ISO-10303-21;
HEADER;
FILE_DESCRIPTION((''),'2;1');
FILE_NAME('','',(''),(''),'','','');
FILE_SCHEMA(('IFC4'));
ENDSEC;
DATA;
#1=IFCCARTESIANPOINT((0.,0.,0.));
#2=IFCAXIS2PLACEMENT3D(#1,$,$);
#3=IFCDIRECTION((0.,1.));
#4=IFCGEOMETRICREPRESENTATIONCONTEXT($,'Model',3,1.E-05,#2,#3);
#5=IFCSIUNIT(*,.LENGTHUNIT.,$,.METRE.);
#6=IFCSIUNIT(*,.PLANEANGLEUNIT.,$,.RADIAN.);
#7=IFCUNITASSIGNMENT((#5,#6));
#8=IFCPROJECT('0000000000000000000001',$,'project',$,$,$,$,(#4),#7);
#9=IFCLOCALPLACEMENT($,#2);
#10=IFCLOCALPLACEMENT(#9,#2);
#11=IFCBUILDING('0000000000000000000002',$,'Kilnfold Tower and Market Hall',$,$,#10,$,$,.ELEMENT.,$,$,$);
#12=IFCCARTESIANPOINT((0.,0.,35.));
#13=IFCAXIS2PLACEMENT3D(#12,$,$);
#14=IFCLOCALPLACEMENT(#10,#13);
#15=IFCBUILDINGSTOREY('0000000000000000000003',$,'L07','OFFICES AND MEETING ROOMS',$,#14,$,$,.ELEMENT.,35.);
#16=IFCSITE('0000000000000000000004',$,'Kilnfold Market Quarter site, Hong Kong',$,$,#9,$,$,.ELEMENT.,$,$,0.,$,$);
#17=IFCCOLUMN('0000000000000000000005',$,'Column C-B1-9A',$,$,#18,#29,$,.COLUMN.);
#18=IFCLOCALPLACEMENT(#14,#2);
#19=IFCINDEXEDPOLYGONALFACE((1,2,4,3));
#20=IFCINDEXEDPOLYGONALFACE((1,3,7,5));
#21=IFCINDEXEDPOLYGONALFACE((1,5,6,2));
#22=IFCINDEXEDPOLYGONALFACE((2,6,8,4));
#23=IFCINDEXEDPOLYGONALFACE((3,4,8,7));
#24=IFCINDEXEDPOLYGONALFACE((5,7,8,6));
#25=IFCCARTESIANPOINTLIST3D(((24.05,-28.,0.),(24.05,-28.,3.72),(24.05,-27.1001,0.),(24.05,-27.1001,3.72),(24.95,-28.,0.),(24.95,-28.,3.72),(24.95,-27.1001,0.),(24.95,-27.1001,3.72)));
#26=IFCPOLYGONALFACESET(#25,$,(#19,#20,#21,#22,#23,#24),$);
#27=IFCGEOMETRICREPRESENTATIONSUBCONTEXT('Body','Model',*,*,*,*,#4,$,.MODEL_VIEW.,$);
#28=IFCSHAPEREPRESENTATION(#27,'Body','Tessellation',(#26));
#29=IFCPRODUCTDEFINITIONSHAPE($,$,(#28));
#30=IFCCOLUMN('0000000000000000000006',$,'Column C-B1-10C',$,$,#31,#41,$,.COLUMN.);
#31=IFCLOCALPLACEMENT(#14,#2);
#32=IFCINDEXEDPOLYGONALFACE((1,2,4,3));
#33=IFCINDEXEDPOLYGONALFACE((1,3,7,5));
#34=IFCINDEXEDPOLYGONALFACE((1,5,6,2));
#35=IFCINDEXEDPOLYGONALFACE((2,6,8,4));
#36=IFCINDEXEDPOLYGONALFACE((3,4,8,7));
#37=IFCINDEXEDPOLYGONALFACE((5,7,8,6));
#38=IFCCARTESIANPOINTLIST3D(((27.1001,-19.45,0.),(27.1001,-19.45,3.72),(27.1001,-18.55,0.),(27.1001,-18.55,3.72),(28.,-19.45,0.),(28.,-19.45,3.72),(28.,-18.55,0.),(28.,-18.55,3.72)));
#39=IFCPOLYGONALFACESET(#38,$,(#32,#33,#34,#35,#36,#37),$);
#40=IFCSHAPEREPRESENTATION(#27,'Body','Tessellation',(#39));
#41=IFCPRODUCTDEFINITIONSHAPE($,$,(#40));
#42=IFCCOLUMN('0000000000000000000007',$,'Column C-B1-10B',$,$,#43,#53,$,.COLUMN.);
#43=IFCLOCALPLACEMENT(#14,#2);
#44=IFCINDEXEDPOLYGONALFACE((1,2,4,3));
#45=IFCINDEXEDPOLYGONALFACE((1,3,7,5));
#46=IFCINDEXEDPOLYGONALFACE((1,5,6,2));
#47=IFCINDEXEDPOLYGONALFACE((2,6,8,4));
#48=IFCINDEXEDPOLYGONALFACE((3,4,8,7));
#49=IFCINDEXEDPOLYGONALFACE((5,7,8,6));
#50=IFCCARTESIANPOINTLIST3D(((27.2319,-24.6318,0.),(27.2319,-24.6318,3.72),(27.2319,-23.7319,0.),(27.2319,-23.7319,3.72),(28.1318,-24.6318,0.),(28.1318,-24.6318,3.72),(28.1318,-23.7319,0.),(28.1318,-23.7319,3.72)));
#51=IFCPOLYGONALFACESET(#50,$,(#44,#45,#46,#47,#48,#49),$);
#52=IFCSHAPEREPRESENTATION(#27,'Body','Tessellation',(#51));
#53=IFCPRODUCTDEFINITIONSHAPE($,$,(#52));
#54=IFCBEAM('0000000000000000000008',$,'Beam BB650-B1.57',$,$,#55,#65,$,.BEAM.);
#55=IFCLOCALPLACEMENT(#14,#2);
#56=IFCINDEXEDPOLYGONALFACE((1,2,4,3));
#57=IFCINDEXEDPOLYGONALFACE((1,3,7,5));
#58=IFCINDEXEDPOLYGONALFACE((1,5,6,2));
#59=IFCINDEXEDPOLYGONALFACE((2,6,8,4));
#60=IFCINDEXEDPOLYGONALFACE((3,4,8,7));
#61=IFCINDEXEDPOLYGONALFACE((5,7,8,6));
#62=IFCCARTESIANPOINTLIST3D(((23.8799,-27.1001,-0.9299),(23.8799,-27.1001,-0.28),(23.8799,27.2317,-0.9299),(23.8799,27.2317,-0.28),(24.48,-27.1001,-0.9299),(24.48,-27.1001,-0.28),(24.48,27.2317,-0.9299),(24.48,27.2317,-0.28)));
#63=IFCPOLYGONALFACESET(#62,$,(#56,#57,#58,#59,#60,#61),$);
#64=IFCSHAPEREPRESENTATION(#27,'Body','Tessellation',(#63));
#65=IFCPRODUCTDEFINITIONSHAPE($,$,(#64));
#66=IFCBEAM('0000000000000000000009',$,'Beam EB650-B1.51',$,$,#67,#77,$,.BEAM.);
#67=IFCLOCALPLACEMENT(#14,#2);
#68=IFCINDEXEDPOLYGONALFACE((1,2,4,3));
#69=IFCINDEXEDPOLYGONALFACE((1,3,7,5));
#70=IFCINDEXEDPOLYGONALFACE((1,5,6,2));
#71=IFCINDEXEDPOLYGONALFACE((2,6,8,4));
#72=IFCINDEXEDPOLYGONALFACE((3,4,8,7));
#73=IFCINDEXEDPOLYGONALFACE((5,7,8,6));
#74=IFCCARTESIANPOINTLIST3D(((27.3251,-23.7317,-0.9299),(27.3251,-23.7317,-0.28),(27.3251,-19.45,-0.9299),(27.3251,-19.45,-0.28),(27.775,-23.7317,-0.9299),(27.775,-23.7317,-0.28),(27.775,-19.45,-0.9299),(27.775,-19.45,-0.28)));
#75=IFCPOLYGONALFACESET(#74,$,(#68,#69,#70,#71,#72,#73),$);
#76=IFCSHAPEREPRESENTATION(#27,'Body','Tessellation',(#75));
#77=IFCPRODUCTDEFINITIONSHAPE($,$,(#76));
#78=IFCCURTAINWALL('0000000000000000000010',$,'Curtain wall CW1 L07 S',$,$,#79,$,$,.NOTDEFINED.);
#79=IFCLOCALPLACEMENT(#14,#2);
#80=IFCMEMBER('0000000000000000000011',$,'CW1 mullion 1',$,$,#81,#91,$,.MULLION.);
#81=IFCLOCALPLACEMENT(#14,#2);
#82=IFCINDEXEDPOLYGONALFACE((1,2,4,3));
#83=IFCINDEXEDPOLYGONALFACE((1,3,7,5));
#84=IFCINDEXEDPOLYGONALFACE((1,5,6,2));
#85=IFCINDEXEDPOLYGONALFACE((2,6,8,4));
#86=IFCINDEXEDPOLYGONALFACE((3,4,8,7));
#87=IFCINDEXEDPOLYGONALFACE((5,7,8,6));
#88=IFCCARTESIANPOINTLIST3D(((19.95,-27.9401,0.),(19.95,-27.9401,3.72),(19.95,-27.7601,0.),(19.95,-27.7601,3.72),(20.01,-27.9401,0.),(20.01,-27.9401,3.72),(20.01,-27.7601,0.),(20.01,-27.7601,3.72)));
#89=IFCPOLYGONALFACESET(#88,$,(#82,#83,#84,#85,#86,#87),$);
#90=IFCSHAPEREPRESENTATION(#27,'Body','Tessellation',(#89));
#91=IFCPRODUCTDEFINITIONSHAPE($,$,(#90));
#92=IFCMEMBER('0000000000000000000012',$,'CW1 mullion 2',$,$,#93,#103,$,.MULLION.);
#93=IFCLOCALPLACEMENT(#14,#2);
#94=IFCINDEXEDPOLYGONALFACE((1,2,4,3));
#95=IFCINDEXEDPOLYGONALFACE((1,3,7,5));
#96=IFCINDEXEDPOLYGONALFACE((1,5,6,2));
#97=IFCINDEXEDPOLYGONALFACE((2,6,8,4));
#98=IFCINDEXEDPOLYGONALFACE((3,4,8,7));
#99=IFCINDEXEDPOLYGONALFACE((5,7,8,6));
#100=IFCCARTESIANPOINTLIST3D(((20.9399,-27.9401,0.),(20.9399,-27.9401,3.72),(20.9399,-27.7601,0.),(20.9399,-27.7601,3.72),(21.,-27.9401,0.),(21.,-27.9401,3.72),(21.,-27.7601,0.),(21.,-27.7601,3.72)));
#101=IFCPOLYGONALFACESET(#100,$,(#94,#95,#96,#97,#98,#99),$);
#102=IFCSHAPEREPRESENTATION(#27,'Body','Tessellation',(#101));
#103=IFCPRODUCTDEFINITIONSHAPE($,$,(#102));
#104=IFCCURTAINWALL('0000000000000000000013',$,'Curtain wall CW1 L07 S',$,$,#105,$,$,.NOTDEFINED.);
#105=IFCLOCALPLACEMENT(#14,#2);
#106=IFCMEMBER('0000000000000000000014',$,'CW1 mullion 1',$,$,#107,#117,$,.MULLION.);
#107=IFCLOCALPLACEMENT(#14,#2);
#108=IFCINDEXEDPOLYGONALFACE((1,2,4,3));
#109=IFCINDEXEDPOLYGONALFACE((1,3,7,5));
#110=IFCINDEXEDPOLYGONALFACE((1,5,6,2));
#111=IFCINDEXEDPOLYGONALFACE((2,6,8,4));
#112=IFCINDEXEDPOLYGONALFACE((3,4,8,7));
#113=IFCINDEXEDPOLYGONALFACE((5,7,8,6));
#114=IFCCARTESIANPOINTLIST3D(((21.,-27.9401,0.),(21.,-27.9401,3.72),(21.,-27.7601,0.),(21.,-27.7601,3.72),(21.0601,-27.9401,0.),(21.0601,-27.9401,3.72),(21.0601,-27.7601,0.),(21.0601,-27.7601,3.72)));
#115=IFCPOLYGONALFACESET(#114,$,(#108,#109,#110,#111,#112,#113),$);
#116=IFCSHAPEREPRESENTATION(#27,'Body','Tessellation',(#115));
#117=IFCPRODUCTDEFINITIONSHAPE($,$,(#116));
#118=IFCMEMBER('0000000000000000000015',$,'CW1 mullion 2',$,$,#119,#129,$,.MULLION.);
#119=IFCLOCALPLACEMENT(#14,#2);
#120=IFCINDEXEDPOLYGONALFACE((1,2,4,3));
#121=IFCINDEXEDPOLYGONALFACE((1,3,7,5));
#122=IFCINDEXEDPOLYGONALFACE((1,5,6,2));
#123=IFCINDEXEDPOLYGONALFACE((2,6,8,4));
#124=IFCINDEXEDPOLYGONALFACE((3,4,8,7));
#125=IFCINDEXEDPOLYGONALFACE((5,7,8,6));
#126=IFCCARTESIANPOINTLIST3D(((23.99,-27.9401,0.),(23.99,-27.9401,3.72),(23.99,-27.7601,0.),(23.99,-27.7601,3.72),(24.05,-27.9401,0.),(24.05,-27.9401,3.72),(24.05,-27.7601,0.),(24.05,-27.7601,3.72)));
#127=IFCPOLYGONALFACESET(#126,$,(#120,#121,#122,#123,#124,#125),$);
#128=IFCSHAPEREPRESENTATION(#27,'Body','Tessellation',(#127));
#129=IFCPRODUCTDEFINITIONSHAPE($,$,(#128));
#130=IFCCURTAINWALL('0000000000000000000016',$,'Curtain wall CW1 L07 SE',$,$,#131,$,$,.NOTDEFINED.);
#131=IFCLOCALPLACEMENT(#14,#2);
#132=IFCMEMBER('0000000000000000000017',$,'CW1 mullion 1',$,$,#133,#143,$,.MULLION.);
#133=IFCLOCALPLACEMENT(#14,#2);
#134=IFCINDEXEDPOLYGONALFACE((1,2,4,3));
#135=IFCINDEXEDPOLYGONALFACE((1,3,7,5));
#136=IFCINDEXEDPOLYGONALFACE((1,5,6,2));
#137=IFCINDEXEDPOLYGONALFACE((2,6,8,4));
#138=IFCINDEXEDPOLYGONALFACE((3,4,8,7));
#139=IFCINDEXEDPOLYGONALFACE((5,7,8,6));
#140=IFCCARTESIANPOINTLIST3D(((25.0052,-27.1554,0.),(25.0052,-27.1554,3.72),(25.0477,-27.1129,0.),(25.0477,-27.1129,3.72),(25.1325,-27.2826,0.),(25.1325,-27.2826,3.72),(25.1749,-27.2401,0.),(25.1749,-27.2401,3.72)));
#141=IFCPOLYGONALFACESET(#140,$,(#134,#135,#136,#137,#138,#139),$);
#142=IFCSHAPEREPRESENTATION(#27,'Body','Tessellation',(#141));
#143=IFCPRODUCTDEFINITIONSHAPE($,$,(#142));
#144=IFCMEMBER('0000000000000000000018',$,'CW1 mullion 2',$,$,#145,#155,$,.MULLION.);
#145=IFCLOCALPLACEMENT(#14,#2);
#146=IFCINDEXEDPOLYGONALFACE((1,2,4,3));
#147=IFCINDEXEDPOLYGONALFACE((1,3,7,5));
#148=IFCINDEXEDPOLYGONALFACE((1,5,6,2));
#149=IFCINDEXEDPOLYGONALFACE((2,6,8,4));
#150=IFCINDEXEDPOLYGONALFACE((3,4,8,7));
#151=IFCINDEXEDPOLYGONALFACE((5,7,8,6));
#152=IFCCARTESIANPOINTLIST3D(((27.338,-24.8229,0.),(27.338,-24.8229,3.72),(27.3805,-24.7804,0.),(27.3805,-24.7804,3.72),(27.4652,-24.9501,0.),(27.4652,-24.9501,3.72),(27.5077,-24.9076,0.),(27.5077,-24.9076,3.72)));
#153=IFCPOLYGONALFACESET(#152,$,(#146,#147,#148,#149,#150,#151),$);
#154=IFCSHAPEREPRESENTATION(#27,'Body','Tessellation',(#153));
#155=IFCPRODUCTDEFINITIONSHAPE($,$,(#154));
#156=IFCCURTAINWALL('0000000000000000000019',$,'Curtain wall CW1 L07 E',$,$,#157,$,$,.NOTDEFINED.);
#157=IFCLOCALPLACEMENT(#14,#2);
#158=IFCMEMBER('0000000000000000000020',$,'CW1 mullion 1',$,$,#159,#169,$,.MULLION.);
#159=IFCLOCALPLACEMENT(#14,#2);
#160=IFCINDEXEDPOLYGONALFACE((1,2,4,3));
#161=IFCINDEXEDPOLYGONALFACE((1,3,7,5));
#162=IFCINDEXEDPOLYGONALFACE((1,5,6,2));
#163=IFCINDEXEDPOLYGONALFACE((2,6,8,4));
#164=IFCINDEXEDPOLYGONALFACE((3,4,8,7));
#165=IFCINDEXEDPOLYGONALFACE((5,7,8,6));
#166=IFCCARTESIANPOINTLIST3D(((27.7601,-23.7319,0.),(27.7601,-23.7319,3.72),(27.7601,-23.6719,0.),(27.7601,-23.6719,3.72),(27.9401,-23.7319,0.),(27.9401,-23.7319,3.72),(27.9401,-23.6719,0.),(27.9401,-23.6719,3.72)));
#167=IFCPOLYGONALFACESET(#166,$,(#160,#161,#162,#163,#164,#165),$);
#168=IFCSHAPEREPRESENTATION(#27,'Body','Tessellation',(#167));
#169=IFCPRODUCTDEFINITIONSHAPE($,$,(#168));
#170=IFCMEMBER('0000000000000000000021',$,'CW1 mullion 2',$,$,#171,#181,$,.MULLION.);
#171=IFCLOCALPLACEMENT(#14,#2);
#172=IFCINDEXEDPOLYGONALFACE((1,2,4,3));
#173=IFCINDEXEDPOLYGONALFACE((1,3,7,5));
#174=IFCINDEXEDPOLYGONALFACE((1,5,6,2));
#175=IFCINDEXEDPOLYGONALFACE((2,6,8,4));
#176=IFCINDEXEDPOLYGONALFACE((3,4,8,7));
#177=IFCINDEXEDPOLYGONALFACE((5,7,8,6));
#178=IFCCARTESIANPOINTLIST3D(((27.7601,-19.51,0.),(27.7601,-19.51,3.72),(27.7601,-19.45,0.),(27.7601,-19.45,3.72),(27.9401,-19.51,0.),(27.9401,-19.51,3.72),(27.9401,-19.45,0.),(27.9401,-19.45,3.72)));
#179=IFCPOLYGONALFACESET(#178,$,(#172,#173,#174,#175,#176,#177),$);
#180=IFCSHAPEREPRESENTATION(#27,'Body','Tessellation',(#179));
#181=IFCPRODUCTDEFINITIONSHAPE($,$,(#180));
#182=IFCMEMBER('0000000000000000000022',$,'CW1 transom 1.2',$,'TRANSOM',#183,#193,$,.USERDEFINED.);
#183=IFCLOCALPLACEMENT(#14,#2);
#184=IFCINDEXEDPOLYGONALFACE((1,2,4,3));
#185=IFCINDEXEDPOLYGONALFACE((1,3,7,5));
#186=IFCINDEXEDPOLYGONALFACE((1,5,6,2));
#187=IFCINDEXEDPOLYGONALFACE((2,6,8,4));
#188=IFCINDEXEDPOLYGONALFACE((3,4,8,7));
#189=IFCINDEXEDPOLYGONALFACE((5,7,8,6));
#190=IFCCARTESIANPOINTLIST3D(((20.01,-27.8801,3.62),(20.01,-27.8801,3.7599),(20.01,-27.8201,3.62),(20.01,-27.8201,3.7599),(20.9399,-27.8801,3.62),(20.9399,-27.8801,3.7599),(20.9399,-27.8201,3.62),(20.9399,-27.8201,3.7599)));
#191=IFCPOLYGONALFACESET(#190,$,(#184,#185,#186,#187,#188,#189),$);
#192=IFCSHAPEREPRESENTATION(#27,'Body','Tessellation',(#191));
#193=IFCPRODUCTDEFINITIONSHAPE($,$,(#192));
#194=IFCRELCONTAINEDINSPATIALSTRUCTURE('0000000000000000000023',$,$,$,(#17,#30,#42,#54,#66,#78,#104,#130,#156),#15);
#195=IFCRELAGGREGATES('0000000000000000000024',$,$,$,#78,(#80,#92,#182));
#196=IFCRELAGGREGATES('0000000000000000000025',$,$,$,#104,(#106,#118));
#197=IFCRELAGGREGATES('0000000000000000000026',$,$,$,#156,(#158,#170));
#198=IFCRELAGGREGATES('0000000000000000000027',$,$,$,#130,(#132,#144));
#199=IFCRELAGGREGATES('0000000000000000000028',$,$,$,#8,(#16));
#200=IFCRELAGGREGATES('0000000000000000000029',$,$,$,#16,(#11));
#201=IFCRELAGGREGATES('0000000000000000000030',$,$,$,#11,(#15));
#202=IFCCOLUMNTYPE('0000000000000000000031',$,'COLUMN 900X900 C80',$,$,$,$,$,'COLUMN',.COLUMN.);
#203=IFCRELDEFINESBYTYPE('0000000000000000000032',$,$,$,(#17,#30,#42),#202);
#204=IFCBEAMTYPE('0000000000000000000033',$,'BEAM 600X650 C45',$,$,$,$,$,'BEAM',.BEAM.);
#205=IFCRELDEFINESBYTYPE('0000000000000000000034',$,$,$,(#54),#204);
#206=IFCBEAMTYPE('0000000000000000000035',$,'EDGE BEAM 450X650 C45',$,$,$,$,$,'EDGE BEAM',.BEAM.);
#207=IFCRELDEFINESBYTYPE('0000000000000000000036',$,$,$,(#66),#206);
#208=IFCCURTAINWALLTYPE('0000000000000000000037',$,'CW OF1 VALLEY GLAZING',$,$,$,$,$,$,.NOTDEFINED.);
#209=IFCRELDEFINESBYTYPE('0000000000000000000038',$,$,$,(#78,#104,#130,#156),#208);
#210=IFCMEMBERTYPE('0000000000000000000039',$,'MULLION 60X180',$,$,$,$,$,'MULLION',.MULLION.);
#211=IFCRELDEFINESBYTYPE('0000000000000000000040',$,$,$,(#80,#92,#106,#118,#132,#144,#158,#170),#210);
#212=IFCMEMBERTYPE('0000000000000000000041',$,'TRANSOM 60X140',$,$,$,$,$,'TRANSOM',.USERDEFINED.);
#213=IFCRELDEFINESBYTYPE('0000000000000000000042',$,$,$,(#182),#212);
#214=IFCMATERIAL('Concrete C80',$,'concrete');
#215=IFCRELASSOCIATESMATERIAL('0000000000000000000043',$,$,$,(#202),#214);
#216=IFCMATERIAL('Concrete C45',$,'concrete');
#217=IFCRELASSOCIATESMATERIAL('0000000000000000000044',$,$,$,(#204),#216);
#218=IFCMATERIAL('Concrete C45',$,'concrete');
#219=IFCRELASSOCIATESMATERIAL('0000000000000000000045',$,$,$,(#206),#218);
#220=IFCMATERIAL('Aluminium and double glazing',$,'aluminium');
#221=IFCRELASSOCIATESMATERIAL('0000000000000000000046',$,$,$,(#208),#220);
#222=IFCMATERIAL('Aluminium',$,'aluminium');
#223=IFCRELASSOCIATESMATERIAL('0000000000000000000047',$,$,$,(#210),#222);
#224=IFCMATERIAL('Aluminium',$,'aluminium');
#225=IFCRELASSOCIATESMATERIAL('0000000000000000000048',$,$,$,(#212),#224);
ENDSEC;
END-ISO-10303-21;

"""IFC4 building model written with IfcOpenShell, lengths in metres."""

from ifc_helpers import new_model, si_unit, direction, frame, origin, origin_2d, place, context, subcontext, project, spatial, rectangle, extrude, source, transform, mapped, material, material_profile, profile_set, type_object, element, aggregate, save


model = new_model("IFC4")

# Units and contexts
model_context = context("Model", 3, precision=1e-05, world=origin(), true_north=direction((0.0, 1.0)))
body_context = subcontext(model_context, "Body", "Model", "MODEL_VIEW")
ifc_project = project(units=[si_unit("LENGTHUNIT", "METRE"), si_unit("PLANEANGLEUNIT", "RADIAN")], contexts=[model_context])

# Site, building, storey
site_placement = place(None, origin())
site = spatial("IfcSite", under=ifc_project, at=site_placement, Name="Kilnfold Market Quarter site, Hong Kong", CompositionType="ELEMENT", RefElevation=0.0)
building_placement = place(site_placement, origin())
building = spatial("IfcBuilding", under=site, at=building_placement, Name="Kilnfold Tower and Market Hall", CompositionType="ELEMENT")
storey_placement = place(building_placement, frame((0.0, 0.0, 35.0)))
storey = spatial("IfcBuildingStorey", under=building, at=storey_placement, Name="L07", Description="OFFICES AND MEETING ROOMS", CompositionType="ELEMENT", Elevation=35.0)

# Columns
ifc_material_1 = material(Name="Concrete C80", Category="concrete")
ifc_material_profile_1 = material_profile(ifc_material_1, rectangle(XDim=0.8999, YDim=0.8999, at=origin_2d()), Name="RC 900x900")
ifc_profile_set_1 = profile_set([ifc_material_profile_1], Name="Concrete C80")
column_type = type_object("IfcColumnType", Name="COLUMN 900X900 C80", ElementType="COLUMN", PredefinedType="COLUMN", material=ifc_profile_set_1)
shared_shape_1 = source(origin(), body_context, "Body", "SweptSolid", [
    extrude(rectangle(XDim=0.8999, YDim=0.8999, at=origin_2d()), origin(), (0.0, 0.0, 1.0), 3.72),
])
for number, where, z_axis, x_axis, name in (
    (1, (24.5, -27.55, 0.0), (0.0, 0.0, 1.0), (1.0, 0.0, 0.0), "Column C-B1-9A"),
    (2, (27.55, -19.0, 0.0), (0.0, 0.0, 1.0), (1.0, 0.0, 0.0), "Column C-B1-10C"),
    (3, (27.6819, -24.1819, 0.0), (0.0, 0.0, 1.0), (1.0, 0.0, 0.0), "Column C-B1-10B"),
):
    element("IfcColumn", number, at=place(storey_placement, frame(where, z_axis=z_axis, x_axis=x_axis)), inside=storey, type_object=column_type, Name=name, PredefinedType="COLUMN", context=body_context, shape_type="MappedRepresentation", body=[
        mapped(shared_shape_1, transform((0.0, 0.0, 0.0))),
    ])

# Beams
ifc_material_2 = material(Name="Concrete C45", Category="concrete")
ifc_material_profile_2 = material_profile(ifc_material_2, rectangle(XDim=0.6001, YDim=0.6499, at=origin_2d()), Name="RC 600x650")
ifc_profile_set_2 = profile_set([ifc_material_profile_2], Name="Concrete C45")
beam_type_1 = type_object("IfcBeamType", Name="BEAM 600X650 C45", ElementType="BEAM", PredefinedType="BEAM", material=ifc_profile_set_2)
shared_shape_2 = source(origin(), body_context, "Body", "SweptSolid", [
    extrude(rectangle(XDim=0.6001, YDim=0.6499, at=origin_2d()), origin(), (0.0, 0.0, 1.0), 54.3318),
])
beam_1_placement = place(storey_placement, frame((24.1799, -27.1001, -0.605), z_axis=(0.0, 1.0, 0.0), x_axis=(-1.0, 0.0, 0.0)))
element("IfcBeam", 4, at=beam_1_placement, inside=storey, type_object=beam_type_1, Name="Beam BB650-B1.57", PredefinedType="BEAM", context=body_context, shape_type="MappedRepresentation", body=[
    mapped(shared_shape_2, transform((0.0, 0.0, 0.0))),
])
ifc_material_3 = material(Name="Concrete C45", Category="concrete")
ifc_material_profile_3 = material_profile(ifc_material_3, rectangle(XDim=0.45, YDim=0.6499, at=origin_2d()), Name="RC 450x650")
ifc_profile_set_3 = profile_set([ifc_material_profile_3], Name="Concrete C45")
beam_type_2 = type_object("IfcBeamType", Name="EDGE BEAM 450X650 C45", ElementType="EDGE BEAM", PredefinedType="BEAM", material=ifc_profile_set_3)
shared_shape_3 = source(origin(), body_context, "Body", "SweptSolid", [
    extrude(rectangle(XDim=0.45, YDim=0.6499, at=origin_2d()), origin(), (0.0, 0.0, 1.0), 4.2817),
])
beam_2_placement = place(storey_placement, frame((27.55, -23.7317, -0.605), z_axis=(0.0, 1.0, 0.0), x_axis=(-1.0, 0.0, 0.0)))
element("IfcBeam", 5, at=beam_2_placement, inside=storey, type_object=beam_type_2, Name="Beam EB650-B1.51", PredefinedType="BEAM", context=body_context, shape_type="MappedRepresentation", body=[
    mapped(shared_shape_3, transform((0.0, 0.0, 0.0))),
])

# Curtain walls, members
ifc_material_4 = material(Name="Aluminium and double glazing", Category="aluminium")
curtain_wall_type = type_object("IfcCurtainWallType", Name="CW OF1 VALLEY GLAZING", PredefinedType="NOTDEFINED", material=ifc_material_4)
curtain_wall_1_placement = place(storey_placement, origin())
curtain_wall_1 = element("IfcCurtainWall", 6, at=curtain_wall_1_placement, inside=storey, type_object=curtain_wall_type, Name="Curtain wall CW1 L07 S", PredefinedType="NOTDEFINED")
ifc_material_5 = material(Name="Aluminium", Category="aluminium")
ifc_material_profile_4 = material_profile(ifc_material_5, rectangle(XDim=0.0601, YDim=0.1799, at=origin_2d()), Name="MULLION 60x180")
ifc_profile_set_4 = profile_set([ifc_material_profile_4], Name="Aluminium")
member_type_1 = type_object("IfcMemberType", Name="MULLION 60X180", ElementType="MULLION", PredefinedType="MULLION", material=ifc_profile_set_4)
shared_shape_4 = source(origin(), body_context, "Body", "SweptSolid", [
    extrude(rectangle(XDim=0.0601, YDim=0.1799, at=origin_2d()), origin(), (0.0, 0.0, 1.0), 3.72),
])
member_1_placement = place(storey_placement, frame((19.98, -27.8501, 0.0), z_axis=(0.0, 0.0, 1.0), x_axis=(1.0, 0.0, 0.0)))
member_1 = element("IfcMember", 7, at=member_1_placement, type_object=member_type_1, Name="CW1 mullion 1", PredefinedType="MULLION", context=body_context, shape_type="MappedRepresentation", body=[
    mapped(shared_shape_4, transform((0.0, 0.0, 0.0))),
])
member_2_placement = place(storey_placement, frame((20.97, -27.8501, 0.0), z_axis=(0.0, 0.0, 1.0), x_axis=(1.0, 0.0, 0.0)))
member_2 = element("IfcMember", 8, at=member_2_placement, type_object=member_type_1, Name="CW1 mullion 2", PredefinedType="MULLION", context=body_context, shape_type="MappedRepresentation", body=[
    mapped(shared_shape_4, transform((0.0, 0.0, 0.0))),
])
curtain_wall_2_placement = place(storey_placement, origin())
curtain_wall_2 = element("IfcCurtainWall", 9, at=curtain_wall_2_placement, inside=storey, type_object=curtain_wall_type, Name="Curtain wall CW1 L07 S", PredefinedType="NOTDEFINED")
member_3_placement = place(storey_placement, frame((21.03, -27.8501, 0.0), z_axis=(0.0, 0.0, 1.0), x_axis=(1.0, 0.0, 0.0)))
member_3 = element("IfcMember", 10, at=member_3_placement, type_object=member_type_1, Name="CW1 mullion 1", PredefinedType="MULLION", context=body_context, shape_type="MappedRepresentation", body=[
    mapped(shared_shape_4, transform((0.0, 0.0, 0.0))),
])
member_4_placement = place(storey_placement, frame((24.02, -27.8501, 0.0), z_axis=(0.0, 0.0, 1.0), x_axis=(1.0, 0.0, 0.0)))
member_4 = element("IfcMember", 11, at=member_4_placement, type_object=member_type_1, Name="CW1 mullion 2", PredefinedType="MULLION", context=body_context, shape_type="MappedRepresentation", body=[
    mapped(shared_shape_4, transform((0.0, 0.0, 0.0))),
])
curtain_wall_3_placement = place(storey_placement, origin())
curtain_wall_3 = element("IfcCurtainWall", 12, at=curtain_wall_3_placement, inside=storey, type_object=curtain_wall_type, Name="Curtain wall CW1 L07 SE", PredefinedType="NOTDEFINED")
member_5_placement = place(storey_placement, frame((25.0901, -27.1978, 0.0), z_axis=(0.0, 0.0, 1.0), x_axis=(0.707122, 0.707092, 0.0)))
member_5 = element("IfcMember", 13, at=member_5_placement, type_object=member_type_1, Name="CW1 mullion 1", PredefinedType="MULLION", context=body_context, shape_type="MappedRepresentation", body=[
    mapped(shared_shape_4, transform((0.0, 0.0, 0.0))),
])
member_6_placement = place(storey_placement, frame((27.4229, -24.8652, 0.0), z_axis=(0.0, 0.0, 1.0), x_axis=(0.707122, 0.707092, 0.0)))
member_6 = element("IfcMember", 14, at=member_6_placement, type_object=member_type_1, Name="CW1 mullion 2", PredefinedType="MULLION", context=body_context, shape_type="MappedRepresentation", body=[
    mapped(shared_shape_4, transform((0.0, 0.0, 0.0))),
])
curtain_wall_4_placement = place(storey_placement, origin())
curtain_wall_4 = element("IfcCurtainWall", 15, at=curtain_wall_4_placement, inside=storey, type_object=curtain_wall_type, Name="Curtain wall CW1 L07 E", PredefinedType="NOTDEFINED")
member_7_placement = place(storey_placement, frame((27.8501, -23.7019, 0.0), z_axis=(0.0, 0.0, 1.0), x_axis=(0.0, 1.0, 0.0)))
member_7 = element("IfcMember", 16, at=member_7_placement, type_object=member_type_1, Name="CW1 mullion 1", PredefinedType="MULLION", context=body_context, shape_type="MappedRepresentation", body=[
    mapped(shared_shape_4, transform((0.0, 0.0, 0.0))),
])
member_8_placement = place(storey_placement, frame((27.8501, -19.48, 0.0), z_axis=(0.0, 0.0, 1.0), x_axis=(0.0, 1.0, 0.0)))
member_8 = element("IfcMember", 17, at=member_8_placement, type_object=member_type_1, Name="CW1 mullion 2", PredefinedType="MULLION", context=body_context, shape_type="MappedRepresentation", body=[
    mapped(shared_shape_4, transform((0.0, 0.0, 0.0))),
])

# Member
ifc_material_6 = material(Name="Aluminium", Category="aluminium")
ifc_material_profile_5 = material_profile(ifc_material_6, rectangle(XDim=0.0601, YDim=0.1399, at=origin_2d()), Name="TRANSOM 60x140")
ifc_profile_set_5 = profile_set([ifc_material_profile_5], Name="Aluminium")
member_type_2 = type_object("IfcMemberType", Name="TRANSOM 60X140", ElementType="TRANSOM", PredefinedType="USERDEFINED", material=ifc_profile_set_5)
shared_shape_5 = source(origin(), body_context, "Body", "SweptSolid", [
    extrude(rectangle(XDim=0.0601, YDim=0.1399, at=origin_2d()), origin(), (0.0, 0.0, 1.0), 0.9299),
])
member_9_placement = place(storey_placement, frame((20.01, -27.8501, 3.6899), z_axis=(1.0, 0.0, 0.0), x_axis=(0.0, 1.0, 0.0)))
member_9 = element("IfcMember", 18, at=member_9_placement, type_object=member_type_2, Name="CW1 transom 1.2", ObjectType="TRANSOM", PredefinedType="USERDEFINED", context=body_context, shape_type="MappedRepresentation", body=[
    mapped(shared_shape_5, transform((0.0, 0.0, 0.0))),
])

aggregate(curtain_wall_1, [member_1, member_2, member_9])
aggregate(curtain_wall_2, [member_3, member_4])
aggregate(curtain_wall_4, [member_7, member_8])
aggregate(curtain_wall_3, [member_5, member_6])

save(model, "model.ifc")
